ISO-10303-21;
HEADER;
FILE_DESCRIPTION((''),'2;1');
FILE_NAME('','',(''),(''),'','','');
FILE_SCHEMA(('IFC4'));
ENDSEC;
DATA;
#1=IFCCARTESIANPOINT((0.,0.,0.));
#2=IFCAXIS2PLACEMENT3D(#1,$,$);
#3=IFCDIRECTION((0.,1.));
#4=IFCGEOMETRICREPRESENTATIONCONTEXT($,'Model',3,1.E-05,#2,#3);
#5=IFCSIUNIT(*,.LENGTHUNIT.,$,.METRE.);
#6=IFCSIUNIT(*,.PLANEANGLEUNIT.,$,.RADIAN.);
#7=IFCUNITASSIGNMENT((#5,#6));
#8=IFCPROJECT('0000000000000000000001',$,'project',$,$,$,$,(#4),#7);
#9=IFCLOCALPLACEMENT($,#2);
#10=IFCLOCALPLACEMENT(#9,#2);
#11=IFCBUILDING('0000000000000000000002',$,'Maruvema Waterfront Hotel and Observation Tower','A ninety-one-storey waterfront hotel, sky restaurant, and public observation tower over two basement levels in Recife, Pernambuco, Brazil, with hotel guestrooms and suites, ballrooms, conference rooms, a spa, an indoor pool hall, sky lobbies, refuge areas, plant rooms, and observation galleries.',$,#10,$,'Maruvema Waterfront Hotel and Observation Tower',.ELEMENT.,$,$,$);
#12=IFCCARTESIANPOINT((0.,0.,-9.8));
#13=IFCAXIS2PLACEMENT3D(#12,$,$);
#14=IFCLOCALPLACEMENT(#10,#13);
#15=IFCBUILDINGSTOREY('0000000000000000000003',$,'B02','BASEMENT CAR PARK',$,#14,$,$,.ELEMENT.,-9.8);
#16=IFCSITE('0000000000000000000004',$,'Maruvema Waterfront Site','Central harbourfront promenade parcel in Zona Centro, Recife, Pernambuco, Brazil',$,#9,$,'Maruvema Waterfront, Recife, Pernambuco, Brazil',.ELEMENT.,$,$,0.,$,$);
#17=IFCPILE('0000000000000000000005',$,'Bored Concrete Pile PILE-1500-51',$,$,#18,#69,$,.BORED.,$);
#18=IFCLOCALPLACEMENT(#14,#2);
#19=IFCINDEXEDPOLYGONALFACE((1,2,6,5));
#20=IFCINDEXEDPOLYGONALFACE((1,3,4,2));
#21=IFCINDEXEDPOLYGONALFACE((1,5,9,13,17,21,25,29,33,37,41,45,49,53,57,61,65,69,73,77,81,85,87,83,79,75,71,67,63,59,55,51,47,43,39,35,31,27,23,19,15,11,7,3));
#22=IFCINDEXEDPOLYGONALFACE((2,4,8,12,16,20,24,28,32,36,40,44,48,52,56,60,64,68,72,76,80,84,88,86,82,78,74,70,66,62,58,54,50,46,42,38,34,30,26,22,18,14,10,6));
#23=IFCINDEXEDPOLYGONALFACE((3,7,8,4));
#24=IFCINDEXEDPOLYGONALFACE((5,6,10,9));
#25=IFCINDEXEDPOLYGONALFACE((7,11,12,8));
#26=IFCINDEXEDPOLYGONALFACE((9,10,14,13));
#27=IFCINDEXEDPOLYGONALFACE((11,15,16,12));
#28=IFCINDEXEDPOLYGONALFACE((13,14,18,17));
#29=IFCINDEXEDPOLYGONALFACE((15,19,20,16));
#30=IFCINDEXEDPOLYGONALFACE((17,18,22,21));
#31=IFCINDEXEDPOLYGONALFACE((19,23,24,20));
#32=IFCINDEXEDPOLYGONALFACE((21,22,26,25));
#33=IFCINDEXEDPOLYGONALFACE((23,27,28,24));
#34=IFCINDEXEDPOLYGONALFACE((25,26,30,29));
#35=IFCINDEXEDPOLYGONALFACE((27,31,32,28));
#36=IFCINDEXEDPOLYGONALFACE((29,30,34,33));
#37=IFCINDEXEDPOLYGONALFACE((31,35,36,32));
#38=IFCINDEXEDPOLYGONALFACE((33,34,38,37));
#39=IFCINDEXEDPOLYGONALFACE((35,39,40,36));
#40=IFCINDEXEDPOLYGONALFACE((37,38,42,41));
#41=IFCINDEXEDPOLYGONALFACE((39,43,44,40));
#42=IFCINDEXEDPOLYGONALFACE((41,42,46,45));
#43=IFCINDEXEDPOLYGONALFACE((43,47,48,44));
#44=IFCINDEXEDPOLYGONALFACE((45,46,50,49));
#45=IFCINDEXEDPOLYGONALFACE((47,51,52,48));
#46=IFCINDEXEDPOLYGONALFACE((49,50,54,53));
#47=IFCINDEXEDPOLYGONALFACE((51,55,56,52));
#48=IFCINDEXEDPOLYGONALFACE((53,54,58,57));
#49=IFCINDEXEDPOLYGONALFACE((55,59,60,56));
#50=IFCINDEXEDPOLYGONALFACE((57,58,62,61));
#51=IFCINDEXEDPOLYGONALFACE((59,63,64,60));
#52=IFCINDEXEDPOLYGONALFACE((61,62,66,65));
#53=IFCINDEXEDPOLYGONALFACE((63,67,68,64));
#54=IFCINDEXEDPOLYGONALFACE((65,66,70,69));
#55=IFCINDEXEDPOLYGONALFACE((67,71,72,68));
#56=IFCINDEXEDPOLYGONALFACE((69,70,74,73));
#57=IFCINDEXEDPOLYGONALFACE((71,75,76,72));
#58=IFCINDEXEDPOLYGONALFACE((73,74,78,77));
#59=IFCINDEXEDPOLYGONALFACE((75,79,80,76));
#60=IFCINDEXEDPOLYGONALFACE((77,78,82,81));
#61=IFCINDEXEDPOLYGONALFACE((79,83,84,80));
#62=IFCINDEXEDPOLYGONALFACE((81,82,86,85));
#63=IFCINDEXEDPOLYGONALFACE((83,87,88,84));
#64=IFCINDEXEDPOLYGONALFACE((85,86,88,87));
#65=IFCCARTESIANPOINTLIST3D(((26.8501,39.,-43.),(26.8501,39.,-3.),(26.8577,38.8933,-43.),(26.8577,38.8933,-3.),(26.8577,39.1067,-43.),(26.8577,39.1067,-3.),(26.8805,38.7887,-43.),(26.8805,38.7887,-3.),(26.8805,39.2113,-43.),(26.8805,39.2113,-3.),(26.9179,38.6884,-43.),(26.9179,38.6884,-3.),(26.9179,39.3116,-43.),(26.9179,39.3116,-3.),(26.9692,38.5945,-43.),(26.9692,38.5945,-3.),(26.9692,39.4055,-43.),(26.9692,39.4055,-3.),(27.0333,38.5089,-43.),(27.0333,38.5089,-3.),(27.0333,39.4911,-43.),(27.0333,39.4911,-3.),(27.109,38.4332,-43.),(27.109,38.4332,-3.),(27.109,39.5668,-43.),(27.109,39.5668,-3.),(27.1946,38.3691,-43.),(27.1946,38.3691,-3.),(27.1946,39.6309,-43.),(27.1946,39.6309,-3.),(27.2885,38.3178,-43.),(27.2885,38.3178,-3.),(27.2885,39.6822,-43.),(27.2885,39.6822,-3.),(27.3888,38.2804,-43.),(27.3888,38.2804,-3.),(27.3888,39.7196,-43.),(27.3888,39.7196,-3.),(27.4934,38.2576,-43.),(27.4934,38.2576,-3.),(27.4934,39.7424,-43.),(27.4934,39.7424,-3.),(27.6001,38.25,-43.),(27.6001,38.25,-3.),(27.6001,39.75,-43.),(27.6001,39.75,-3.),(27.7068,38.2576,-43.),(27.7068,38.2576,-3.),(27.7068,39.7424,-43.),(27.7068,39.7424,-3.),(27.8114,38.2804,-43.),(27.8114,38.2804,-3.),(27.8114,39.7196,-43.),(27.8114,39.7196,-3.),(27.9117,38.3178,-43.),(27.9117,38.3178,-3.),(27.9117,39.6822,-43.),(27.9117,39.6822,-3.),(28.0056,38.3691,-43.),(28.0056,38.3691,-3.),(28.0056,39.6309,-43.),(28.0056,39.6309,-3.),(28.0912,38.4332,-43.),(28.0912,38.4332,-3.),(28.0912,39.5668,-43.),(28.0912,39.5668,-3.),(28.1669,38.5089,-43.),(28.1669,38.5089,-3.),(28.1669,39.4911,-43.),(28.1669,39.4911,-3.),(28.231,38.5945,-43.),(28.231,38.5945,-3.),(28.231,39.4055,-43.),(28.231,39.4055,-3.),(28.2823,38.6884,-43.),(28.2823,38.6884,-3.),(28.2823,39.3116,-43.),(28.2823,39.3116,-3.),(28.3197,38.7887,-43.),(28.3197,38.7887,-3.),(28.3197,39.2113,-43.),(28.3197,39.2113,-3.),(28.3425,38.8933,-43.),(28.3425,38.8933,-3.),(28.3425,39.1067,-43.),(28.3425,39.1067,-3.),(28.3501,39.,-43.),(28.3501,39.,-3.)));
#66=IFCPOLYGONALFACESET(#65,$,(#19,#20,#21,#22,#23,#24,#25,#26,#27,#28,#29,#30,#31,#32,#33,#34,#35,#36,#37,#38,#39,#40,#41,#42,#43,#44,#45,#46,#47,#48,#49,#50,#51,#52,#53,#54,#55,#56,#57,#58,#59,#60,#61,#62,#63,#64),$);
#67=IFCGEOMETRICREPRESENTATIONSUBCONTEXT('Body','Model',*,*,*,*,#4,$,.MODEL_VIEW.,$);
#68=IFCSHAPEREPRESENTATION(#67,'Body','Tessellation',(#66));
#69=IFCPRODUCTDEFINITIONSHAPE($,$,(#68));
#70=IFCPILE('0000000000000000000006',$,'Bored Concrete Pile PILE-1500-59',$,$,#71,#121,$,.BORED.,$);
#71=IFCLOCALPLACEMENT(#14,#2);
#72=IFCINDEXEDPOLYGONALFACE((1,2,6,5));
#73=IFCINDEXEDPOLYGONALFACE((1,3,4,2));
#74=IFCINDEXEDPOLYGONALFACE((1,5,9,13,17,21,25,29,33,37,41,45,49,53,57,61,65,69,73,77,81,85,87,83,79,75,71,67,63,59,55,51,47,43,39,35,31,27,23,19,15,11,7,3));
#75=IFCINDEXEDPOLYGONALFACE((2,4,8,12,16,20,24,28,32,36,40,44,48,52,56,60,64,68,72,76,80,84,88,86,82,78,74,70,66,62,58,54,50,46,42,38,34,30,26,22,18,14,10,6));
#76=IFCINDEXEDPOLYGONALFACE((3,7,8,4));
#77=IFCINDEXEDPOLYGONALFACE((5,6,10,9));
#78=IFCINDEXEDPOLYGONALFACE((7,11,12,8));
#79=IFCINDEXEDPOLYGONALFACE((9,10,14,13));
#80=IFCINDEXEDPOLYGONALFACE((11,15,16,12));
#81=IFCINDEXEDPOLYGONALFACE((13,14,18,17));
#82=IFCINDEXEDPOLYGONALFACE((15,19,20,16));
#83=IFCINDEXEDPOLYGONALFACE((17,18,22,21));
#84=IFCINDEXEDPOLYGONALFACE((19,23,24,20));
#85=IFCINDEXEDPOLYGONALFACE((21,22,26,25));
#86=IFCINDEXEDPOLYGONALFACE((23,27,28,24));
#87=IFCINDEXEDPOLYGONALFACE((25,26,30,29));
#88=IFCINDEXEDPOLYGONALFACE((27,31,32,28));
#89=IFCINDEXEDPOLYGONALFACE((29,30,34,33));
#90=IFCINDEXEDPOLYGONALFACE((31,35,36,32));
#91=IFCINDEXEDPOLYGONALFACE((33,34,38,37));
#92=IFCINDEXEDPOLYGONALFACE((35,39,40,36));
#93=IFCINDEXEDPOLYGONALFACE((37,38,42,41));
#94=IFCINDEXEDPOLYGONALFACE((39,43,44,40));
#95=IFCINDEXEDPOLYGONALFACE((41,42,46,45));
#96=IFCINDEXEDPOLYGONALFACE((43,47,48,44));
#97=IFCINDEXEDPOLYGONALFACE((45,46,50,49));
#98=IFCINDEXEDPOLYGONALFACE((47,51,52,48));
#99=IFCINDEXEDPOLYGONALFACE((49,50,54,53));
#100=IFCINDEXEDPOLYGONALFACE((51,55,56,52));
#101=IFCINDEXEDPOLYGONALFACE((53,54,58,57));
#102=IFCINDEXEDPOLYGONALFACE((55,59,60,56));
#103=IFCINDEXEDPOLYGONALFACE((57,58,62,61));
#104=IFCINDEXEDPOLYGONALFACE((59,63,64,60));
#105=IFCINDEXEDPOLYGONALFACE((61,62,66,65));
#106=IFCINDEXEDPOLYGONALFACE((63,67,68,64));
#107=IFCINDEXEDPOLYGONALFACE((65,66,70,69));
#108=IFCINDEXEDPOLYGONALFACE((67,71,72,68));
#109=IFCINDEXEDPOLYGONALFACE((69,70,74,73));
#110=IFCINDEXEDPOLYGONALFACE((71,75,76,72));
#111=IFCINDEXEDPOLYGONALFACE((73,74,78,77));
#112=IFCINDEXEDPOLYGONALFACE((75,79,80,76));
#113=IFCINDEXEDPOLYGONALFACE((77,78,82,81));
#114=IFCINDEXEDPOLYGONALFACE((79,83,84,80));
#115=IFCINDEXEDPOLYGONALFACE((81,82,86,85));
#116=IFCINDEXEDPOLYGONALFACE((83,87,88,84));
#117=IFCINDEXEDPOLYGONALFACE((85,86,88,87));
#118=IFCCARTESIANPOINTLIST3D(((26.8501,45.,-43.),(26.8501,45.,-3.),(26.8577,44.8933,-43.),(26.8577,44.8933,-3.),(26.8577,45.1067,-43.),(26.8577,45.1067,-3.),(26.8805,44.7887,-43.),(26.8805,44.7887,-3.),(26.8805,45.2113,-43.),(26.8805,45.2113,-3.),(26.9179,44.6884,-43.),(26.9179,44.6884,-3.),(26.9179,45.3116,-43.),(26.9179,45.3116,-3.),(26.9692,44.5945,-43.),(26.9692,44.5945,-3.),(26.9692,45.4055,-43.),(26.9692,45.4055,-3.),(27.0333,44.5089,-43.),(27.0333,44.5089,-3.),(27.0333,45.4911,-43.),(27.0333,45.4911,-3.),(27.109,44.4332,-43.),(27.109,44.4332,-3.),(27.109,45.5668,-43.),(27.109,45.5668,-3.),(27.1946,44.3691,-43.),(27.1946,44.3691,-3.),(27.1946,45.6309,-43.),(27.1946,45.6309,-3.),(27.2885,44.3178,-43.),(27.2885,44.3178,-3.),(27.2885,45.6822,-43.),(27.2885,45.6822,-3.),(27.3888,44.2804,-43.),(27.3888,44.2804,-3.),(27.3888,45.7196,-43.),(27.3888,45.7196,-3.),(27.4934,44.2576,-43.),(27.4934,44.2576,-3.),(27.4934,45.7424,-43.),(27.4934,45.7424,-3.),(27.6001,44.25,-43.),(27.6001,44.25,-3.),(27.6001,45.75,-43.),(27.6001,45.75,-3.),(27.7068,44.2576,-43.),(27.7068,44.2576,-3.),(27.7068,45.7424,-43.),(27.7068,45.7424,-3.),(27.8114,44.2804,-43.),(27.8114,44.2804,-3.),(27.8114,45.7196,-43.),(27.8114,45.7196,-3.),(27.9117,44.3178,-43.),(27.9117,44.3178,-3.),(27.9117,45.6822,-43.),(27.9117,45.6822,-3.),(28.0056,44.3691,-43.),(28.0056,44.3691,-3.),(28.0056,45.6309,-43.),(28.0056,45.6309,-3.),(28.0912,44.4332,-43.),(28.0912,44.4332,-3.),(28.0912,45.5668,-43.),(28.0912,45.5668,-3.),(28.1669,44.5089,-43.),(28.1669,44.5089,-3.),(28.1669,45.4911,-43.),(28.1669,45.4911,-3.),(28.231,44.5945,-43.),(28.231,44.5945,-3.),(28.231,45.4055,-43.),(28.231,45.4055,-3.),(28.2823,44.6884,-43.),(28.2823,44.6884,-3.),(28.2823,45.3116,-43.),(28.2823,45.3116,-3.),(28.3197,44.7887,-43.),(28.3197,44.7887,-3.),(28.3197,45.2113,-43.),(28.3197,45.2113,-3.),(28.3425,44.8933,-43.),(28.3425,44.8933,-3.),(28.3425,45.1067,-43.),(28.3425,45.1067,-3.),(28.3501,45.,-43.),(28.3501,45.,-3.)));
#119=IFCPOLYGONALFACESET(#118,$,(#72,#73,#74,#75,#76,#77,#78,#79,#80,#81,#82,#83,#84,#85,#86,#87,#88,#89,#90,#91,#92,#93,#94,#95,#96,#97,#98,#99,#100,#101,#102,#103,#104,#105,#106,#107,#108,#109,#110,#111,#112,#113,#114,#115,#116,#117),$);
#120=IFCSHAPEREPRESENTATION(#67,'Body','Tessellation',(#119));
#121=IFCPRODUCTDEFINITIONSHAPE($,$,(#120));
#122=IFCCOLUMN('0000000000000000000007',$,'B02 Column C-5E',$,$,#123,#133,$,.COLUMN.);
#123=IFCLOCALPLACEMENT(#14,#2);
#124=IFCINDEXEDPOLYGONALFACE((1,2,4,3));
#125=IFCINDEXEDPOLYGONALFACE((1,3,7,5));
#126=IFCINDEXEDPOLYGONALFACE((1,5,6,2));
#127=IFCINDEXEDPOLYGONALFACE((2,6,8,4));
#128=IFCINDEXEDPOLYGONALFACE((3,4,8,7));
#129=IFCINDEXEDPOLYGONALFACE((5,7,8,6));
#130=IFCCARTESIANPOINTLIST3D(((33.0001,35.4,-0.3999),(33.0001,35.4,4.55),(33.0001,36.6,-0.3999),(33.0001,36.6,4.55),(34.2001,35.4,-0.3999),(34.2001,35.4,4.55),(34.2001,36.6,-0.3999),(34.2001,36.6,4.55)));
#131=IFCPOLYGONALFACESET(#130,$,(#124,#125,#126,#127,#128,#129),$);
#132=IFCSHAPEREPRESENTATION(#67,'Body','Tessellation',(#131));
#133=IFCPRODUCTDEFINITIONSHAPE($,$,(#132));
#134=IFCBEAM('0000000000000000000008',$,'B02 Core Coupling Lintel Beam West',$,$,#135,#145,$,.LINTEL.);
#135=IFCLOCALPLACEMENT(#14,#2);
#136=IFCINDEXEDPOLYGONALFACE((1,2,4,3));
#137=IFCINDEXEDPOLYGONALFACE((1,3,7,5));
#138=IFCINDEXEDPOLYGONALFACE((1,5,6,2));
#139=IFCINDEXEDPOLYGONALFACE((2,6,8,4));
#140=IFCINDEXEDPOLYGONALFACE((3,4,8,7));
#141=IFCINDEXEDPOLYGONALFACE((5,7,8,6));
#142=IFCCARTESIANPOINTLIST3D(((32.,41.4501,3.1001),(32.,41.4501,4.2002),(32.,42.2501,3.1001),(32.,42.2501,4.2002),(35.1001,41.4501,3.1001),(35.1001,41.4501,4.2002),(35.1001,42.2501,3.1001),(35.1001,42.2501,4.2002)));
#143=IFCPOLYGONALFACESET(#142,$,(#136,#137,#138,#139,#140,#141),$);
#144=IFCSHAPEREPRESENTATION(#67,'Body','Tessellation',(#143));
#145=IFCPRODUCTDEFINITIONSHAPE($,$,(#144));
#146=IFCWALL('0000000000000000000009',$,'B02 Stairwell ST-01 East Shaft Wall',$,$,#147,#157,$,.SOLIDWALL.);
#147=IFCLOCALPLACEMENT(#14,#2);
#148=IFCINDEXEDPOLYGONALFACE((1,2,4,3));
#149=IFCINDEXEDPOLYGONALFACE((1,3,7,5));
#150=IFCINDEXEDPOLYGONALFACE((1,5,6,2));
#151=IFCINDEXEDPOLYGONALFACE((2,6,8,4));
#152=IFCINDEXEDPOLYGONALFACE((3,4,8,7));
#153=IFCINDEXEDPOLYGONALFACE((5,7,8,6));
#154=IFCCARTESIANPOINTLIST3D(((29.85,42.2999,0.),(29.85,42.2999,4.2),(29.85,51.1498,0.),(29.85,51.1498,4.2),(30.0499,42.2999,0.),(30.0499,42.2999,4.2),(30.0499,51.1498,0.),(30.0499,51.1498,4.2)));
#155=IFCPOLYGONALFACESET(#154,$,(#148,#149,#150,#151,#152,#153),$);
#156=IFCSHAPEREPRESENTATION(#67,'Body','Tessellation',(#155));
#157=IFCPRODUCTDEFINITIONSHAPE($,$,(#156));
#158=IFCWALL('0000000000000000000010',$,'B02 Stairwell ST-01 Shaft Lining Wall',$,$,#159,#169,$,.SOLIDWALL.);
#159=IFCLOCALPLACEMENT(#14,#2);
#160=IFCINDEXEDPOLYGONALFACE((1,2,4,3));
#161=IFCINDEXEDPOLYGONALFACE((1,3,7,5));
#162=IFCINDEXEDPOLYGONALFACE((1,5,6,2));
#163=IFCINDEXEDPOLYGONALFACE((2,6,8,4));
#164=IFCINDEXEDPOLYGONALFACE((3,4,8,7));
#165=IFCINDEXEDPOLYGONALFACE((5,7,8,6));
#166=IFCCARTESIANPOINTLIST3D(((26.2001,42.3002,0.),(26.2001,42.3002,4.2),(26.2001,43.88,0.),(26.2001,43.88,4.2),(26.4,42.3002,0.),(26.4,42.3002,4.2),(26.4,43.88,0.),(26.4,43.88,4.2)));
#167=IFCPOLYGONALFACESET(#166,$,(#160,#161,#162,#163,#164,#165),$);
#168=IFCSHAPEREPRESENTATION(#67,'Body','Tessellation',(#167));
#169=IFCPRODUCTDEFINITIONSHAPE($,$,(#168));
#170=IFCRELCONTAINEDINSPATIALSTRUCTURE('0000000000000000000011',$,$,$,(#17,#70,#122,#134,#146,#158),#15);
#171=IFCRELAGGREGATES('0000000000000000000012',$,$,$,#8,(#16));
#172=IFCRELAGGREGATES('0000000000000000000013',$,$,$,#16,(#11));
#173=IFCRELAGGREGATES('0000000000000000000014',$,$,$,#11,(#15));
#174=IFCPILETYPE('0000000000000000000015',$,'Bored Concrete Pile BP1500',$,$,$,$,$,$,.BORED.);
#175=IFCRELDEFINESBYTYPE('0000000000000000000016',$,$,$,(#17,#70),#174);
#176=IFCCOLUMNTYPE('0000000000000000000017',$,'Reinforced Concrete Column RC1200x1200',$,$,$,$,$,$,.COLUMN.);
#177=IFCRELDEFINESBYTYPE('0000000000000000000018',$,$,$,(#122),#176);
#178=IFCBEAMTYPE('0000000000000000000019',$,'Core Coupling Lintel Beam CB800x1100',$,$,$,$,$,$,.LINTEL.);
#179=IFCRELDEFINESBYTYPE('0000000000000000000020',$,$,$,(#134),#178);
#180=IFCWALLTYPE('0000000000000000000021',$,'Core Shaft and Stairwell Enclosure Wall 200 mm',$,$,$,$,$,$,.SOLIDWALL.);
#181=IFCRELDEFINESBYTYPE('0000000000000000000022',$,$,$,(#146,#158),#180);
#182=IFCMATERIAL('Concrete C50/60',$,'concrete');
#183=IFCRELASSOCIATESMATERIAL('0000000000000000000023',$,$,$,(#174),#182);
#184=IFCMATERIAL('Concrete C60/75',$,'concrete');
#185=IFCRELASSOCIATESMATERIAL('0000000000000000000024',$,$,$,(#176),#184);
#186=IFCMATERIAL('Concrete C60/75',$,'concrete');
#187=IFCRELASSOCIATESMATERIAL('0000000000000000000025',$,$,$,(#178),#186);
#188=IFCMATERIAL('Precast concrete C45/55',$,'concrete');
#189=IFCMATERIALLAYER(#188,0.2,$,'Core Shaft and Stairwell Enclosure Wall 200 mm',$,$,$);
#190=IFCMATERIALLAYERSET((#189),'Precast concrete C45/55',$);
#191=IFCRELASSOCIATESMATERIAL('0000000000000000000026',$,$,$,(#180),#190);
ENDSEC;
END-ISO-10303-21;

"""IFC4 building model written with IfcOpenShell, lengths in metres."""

from ifc_helpers import new_model, si_unit, direction, frame, frame_2d, origin, origin_2d, place, context, subcontext, project, spatial, rectangle, circle, extrude, material, layer, layer_set, material_profile, profile_set, type_object, element, save


model = new_model("IFC4")

# Units and contexts
model_context = context("Model", 3, precision=1e-05, world=origin(), true_north=direction((0.0, 1.0)))
body_context = subcontext(model_context, "Body", "Model", "MODEL_VIEW")
ifc_project = project(units=[si_unit("LENGTHUNIT", "METRE"), si_unit("PLANEANGLEUNIT", "RADIAN")], contexts=[model_context])

# Site, building, storey
site_placement = place(None, origin())
site = spatial("IfcSite", under=ifc_project, at=site_placement, Name="Maruvema Waterfront Site", Description="Central harbourfront promenade parcel in Zona Centro, Recife, Pernambuco, Brazil", LongName="Maruvema Waterfront, Recife, Pernambuco, Brazil", CompositionType="ELEMENT", RefElevation=0.0)
building_placement = place(site_placement, origin())
building = spatial("IfcBuilding", under=site, at=building_placement, Name="Maruvema Waterfront Hotel and Observation Tower", Description="A ninety-one-storey waterfront hotel, sky restaurant, and public observation tower over two basement levels in Recife, Pernambuco, Brazil, with hotel guestrooms and suites, ballrooms, conference rooms, a spa, an indoor pool hall, sky lobbies, refuge areas, plant rooms, and observation galleries.", LongName="Maruvema Waterfront Hotel and Observation Tower", CompositionType="ELEMENT")
storey_placement = place(building_placement, frame((0.0, 0.0, -9.8)))
storey = spatial("IfcBuildingStorey", under=building, at=storey_placement, Name="B02", Description="BASEMENT CAR PARK", CompositionType="ELEMENT", Elevation=-9.8)

# Piles
ifc_material_1 = material(Name="Concrete C50/60", Category="concrete")
ifc_material_profile_1 = material_profile(ifc_material_1, circle(Radius=0.75, at=origin_2d()), Name="BP1500")
ifc_profile_set_1 = profile_set([ifc_material_profile_1], Name="Concrete C50/60")
pile_type = type_object("IfcPileType", Name="Bored Concrete Pile BP1500", PredefinedType="BORED", material=ifc_profile_set_1)
for number, where, z_axis, x_axis, name in (
    (1, (27.6001, 39.0, -3.0), (0.0, 0.0, -1.0), (1.0, 0.0, 0.0), "Bored Concrete Pile PILE-1500-51"),
    (2, (27.6001, 45.0, -3.0), (0.0, 0.0, -1.0), (1.0, 0.0, 0.0), "Bored Concrete Pile PILE-1500-59"),
):
    element("IfcPile", number, at=place(storey_placement, frame(where, z_axis=z_axis, x_axis=x_axis)), inside=storey, type_object=pile_type, Name=name, PredefinedType="BORED", context=body_context, shape_type="SweptSolid", body=[
        extrude(circle(Radius=0.75, at=origin_2d()), origin(), (0.0, 0.0, 1.0), 40.0),
    ])

# Column
ifc_material_2 = material(Name="Concrete C60/75", Category="concrete")
ifc_material_profile_2 = material_profile(ifc_material_2, rectangle(XDim=1.2, YDim=1.2, at=origin_2d()), Name="RC1200x1200")
ifc_profile_set_2 = profile_set([ifc_material_profile_2], Name="Concrete C60/75")
column_type = type_object("IfcColumnType", Name="Reinforced Concrete Column RC1200x1200", PredefinedType="COLUMN", material=ifc_profile_set_2)
column_placement = place(storey_placement, frame((33.6001, 36.0, -0.3999), z_axis=(0.0, 0.0, 1.0), x_axis=(1.0, 0.0, 0.0)))
element("IfcColumn", 3, at=column_placement, inside=storey, type_object=column_type, Name="B02 Column C-5E", PredefinedType="COLUMN", context=body_context, shape_type="SweptSolid", body=[
    extrude(rectangle(XDim=1.2, YDim=1.2, at=origin_2d()), origin(), (0.0, 0.0, 1.0), 4.95),
])

# Beam
ifc_material_3 = material(Name="Concrete C60/75", Category="concrete")
ifc_material_profile_3 = material_profile(ifc_material_3, rectangle(XDim=0.8, YDim=1.1001, at=origin_2d()), Name="CB800x1100")
ifc_profile_set_3 = profile_set([ifc_material_profile_3], Name="Concrete C60/75")
beam_type = type_object("IfcBeamType", Name="Core Coupling Lintel Beam CB800x1100", PredefinedType="LINTEL", material=ifc_profile_set_3)
beam_placement = place(storey_placement, frame((32.0, 41.8501, 3.6501), z_axis=(1.0, 0.0, 0.0), x_axis=(0.0, 1.0, 0.0)))
element("IfcBeam", 4, at=beam_placement, inside=storey, type_object=beam_type, Name="B02 Core Coupling Lintel Beam West", PredefinedType="LINTEL", context=body_context, shape_type="SweptSolid", body=[
    extrude(rectangle(XDim=0.8, YDim=1.1001, at=origin_2d()), origin(), (0.0, 0.0, 1.0), 3.1001),
])

# Walls
ifc_material_4 = material(Name="Precast concrete C45/55", Category="concrete")
ifc_layer_1 = layer(ifc_material_4, 0.2, Name="Core Shaft and Stairwell Enclosure Wall 200 mm")
ifc_layer_set_1 = layer_set([ifc_layer_1], Name="Precast concrete C45/55")
wall_type_1 = type_object("IfcWallType", Name="Core Shaft and Stairwell Enclosure Wall 200 mm", PredefinedType="SOLIDWALL", material=ifc_layer_set_1)
wall_1_placement = place(storey_placement, frame((29.95, 42.3, 0.0), z_axis=(0.0, 0.0, 1.0), x_axis=(0.0, 1.0, 0.0)))
element("IfcWall", 5, at=wall_1_placement, inside=storey, type_object=wall_type_1, Name="B02 Stairwell ST-01 East Shaft Wall", PredefinedType="SOLIDWALL", context=body_context, shape_type="SweptSolid", body=[
    extrude(rectangle(XDim=8.8499, YDim=0.2, at=frame_2d((4.4248, 0.0))), origin(), (0.0, 0.0, 1.0), 4.2),
])
wall_2_placement = place(storey_placement, frame((26.3, 42.3, 0.0), z_axis=(0.0, 0.0, 1.0), x_axis=(0.0, 1.0, 0.0)))
element("IfcWall", 6, at=wall_2_placement, inside=storey, type_object=wall_type_1, Name="B02 Stairwell ST-01 Shaft Lining Wall", PredefinedType="SOLIDWALL", context=body_context, shape_type="SweptSolid", body=[
    extrude(rectangle(XDim=1.5798, YDim=0.2, at=frame_2d((0.79, 0.0))), origin(), (0.0, 0.0, 1.0), 4.2),
])

save(model, "model.ifc")
